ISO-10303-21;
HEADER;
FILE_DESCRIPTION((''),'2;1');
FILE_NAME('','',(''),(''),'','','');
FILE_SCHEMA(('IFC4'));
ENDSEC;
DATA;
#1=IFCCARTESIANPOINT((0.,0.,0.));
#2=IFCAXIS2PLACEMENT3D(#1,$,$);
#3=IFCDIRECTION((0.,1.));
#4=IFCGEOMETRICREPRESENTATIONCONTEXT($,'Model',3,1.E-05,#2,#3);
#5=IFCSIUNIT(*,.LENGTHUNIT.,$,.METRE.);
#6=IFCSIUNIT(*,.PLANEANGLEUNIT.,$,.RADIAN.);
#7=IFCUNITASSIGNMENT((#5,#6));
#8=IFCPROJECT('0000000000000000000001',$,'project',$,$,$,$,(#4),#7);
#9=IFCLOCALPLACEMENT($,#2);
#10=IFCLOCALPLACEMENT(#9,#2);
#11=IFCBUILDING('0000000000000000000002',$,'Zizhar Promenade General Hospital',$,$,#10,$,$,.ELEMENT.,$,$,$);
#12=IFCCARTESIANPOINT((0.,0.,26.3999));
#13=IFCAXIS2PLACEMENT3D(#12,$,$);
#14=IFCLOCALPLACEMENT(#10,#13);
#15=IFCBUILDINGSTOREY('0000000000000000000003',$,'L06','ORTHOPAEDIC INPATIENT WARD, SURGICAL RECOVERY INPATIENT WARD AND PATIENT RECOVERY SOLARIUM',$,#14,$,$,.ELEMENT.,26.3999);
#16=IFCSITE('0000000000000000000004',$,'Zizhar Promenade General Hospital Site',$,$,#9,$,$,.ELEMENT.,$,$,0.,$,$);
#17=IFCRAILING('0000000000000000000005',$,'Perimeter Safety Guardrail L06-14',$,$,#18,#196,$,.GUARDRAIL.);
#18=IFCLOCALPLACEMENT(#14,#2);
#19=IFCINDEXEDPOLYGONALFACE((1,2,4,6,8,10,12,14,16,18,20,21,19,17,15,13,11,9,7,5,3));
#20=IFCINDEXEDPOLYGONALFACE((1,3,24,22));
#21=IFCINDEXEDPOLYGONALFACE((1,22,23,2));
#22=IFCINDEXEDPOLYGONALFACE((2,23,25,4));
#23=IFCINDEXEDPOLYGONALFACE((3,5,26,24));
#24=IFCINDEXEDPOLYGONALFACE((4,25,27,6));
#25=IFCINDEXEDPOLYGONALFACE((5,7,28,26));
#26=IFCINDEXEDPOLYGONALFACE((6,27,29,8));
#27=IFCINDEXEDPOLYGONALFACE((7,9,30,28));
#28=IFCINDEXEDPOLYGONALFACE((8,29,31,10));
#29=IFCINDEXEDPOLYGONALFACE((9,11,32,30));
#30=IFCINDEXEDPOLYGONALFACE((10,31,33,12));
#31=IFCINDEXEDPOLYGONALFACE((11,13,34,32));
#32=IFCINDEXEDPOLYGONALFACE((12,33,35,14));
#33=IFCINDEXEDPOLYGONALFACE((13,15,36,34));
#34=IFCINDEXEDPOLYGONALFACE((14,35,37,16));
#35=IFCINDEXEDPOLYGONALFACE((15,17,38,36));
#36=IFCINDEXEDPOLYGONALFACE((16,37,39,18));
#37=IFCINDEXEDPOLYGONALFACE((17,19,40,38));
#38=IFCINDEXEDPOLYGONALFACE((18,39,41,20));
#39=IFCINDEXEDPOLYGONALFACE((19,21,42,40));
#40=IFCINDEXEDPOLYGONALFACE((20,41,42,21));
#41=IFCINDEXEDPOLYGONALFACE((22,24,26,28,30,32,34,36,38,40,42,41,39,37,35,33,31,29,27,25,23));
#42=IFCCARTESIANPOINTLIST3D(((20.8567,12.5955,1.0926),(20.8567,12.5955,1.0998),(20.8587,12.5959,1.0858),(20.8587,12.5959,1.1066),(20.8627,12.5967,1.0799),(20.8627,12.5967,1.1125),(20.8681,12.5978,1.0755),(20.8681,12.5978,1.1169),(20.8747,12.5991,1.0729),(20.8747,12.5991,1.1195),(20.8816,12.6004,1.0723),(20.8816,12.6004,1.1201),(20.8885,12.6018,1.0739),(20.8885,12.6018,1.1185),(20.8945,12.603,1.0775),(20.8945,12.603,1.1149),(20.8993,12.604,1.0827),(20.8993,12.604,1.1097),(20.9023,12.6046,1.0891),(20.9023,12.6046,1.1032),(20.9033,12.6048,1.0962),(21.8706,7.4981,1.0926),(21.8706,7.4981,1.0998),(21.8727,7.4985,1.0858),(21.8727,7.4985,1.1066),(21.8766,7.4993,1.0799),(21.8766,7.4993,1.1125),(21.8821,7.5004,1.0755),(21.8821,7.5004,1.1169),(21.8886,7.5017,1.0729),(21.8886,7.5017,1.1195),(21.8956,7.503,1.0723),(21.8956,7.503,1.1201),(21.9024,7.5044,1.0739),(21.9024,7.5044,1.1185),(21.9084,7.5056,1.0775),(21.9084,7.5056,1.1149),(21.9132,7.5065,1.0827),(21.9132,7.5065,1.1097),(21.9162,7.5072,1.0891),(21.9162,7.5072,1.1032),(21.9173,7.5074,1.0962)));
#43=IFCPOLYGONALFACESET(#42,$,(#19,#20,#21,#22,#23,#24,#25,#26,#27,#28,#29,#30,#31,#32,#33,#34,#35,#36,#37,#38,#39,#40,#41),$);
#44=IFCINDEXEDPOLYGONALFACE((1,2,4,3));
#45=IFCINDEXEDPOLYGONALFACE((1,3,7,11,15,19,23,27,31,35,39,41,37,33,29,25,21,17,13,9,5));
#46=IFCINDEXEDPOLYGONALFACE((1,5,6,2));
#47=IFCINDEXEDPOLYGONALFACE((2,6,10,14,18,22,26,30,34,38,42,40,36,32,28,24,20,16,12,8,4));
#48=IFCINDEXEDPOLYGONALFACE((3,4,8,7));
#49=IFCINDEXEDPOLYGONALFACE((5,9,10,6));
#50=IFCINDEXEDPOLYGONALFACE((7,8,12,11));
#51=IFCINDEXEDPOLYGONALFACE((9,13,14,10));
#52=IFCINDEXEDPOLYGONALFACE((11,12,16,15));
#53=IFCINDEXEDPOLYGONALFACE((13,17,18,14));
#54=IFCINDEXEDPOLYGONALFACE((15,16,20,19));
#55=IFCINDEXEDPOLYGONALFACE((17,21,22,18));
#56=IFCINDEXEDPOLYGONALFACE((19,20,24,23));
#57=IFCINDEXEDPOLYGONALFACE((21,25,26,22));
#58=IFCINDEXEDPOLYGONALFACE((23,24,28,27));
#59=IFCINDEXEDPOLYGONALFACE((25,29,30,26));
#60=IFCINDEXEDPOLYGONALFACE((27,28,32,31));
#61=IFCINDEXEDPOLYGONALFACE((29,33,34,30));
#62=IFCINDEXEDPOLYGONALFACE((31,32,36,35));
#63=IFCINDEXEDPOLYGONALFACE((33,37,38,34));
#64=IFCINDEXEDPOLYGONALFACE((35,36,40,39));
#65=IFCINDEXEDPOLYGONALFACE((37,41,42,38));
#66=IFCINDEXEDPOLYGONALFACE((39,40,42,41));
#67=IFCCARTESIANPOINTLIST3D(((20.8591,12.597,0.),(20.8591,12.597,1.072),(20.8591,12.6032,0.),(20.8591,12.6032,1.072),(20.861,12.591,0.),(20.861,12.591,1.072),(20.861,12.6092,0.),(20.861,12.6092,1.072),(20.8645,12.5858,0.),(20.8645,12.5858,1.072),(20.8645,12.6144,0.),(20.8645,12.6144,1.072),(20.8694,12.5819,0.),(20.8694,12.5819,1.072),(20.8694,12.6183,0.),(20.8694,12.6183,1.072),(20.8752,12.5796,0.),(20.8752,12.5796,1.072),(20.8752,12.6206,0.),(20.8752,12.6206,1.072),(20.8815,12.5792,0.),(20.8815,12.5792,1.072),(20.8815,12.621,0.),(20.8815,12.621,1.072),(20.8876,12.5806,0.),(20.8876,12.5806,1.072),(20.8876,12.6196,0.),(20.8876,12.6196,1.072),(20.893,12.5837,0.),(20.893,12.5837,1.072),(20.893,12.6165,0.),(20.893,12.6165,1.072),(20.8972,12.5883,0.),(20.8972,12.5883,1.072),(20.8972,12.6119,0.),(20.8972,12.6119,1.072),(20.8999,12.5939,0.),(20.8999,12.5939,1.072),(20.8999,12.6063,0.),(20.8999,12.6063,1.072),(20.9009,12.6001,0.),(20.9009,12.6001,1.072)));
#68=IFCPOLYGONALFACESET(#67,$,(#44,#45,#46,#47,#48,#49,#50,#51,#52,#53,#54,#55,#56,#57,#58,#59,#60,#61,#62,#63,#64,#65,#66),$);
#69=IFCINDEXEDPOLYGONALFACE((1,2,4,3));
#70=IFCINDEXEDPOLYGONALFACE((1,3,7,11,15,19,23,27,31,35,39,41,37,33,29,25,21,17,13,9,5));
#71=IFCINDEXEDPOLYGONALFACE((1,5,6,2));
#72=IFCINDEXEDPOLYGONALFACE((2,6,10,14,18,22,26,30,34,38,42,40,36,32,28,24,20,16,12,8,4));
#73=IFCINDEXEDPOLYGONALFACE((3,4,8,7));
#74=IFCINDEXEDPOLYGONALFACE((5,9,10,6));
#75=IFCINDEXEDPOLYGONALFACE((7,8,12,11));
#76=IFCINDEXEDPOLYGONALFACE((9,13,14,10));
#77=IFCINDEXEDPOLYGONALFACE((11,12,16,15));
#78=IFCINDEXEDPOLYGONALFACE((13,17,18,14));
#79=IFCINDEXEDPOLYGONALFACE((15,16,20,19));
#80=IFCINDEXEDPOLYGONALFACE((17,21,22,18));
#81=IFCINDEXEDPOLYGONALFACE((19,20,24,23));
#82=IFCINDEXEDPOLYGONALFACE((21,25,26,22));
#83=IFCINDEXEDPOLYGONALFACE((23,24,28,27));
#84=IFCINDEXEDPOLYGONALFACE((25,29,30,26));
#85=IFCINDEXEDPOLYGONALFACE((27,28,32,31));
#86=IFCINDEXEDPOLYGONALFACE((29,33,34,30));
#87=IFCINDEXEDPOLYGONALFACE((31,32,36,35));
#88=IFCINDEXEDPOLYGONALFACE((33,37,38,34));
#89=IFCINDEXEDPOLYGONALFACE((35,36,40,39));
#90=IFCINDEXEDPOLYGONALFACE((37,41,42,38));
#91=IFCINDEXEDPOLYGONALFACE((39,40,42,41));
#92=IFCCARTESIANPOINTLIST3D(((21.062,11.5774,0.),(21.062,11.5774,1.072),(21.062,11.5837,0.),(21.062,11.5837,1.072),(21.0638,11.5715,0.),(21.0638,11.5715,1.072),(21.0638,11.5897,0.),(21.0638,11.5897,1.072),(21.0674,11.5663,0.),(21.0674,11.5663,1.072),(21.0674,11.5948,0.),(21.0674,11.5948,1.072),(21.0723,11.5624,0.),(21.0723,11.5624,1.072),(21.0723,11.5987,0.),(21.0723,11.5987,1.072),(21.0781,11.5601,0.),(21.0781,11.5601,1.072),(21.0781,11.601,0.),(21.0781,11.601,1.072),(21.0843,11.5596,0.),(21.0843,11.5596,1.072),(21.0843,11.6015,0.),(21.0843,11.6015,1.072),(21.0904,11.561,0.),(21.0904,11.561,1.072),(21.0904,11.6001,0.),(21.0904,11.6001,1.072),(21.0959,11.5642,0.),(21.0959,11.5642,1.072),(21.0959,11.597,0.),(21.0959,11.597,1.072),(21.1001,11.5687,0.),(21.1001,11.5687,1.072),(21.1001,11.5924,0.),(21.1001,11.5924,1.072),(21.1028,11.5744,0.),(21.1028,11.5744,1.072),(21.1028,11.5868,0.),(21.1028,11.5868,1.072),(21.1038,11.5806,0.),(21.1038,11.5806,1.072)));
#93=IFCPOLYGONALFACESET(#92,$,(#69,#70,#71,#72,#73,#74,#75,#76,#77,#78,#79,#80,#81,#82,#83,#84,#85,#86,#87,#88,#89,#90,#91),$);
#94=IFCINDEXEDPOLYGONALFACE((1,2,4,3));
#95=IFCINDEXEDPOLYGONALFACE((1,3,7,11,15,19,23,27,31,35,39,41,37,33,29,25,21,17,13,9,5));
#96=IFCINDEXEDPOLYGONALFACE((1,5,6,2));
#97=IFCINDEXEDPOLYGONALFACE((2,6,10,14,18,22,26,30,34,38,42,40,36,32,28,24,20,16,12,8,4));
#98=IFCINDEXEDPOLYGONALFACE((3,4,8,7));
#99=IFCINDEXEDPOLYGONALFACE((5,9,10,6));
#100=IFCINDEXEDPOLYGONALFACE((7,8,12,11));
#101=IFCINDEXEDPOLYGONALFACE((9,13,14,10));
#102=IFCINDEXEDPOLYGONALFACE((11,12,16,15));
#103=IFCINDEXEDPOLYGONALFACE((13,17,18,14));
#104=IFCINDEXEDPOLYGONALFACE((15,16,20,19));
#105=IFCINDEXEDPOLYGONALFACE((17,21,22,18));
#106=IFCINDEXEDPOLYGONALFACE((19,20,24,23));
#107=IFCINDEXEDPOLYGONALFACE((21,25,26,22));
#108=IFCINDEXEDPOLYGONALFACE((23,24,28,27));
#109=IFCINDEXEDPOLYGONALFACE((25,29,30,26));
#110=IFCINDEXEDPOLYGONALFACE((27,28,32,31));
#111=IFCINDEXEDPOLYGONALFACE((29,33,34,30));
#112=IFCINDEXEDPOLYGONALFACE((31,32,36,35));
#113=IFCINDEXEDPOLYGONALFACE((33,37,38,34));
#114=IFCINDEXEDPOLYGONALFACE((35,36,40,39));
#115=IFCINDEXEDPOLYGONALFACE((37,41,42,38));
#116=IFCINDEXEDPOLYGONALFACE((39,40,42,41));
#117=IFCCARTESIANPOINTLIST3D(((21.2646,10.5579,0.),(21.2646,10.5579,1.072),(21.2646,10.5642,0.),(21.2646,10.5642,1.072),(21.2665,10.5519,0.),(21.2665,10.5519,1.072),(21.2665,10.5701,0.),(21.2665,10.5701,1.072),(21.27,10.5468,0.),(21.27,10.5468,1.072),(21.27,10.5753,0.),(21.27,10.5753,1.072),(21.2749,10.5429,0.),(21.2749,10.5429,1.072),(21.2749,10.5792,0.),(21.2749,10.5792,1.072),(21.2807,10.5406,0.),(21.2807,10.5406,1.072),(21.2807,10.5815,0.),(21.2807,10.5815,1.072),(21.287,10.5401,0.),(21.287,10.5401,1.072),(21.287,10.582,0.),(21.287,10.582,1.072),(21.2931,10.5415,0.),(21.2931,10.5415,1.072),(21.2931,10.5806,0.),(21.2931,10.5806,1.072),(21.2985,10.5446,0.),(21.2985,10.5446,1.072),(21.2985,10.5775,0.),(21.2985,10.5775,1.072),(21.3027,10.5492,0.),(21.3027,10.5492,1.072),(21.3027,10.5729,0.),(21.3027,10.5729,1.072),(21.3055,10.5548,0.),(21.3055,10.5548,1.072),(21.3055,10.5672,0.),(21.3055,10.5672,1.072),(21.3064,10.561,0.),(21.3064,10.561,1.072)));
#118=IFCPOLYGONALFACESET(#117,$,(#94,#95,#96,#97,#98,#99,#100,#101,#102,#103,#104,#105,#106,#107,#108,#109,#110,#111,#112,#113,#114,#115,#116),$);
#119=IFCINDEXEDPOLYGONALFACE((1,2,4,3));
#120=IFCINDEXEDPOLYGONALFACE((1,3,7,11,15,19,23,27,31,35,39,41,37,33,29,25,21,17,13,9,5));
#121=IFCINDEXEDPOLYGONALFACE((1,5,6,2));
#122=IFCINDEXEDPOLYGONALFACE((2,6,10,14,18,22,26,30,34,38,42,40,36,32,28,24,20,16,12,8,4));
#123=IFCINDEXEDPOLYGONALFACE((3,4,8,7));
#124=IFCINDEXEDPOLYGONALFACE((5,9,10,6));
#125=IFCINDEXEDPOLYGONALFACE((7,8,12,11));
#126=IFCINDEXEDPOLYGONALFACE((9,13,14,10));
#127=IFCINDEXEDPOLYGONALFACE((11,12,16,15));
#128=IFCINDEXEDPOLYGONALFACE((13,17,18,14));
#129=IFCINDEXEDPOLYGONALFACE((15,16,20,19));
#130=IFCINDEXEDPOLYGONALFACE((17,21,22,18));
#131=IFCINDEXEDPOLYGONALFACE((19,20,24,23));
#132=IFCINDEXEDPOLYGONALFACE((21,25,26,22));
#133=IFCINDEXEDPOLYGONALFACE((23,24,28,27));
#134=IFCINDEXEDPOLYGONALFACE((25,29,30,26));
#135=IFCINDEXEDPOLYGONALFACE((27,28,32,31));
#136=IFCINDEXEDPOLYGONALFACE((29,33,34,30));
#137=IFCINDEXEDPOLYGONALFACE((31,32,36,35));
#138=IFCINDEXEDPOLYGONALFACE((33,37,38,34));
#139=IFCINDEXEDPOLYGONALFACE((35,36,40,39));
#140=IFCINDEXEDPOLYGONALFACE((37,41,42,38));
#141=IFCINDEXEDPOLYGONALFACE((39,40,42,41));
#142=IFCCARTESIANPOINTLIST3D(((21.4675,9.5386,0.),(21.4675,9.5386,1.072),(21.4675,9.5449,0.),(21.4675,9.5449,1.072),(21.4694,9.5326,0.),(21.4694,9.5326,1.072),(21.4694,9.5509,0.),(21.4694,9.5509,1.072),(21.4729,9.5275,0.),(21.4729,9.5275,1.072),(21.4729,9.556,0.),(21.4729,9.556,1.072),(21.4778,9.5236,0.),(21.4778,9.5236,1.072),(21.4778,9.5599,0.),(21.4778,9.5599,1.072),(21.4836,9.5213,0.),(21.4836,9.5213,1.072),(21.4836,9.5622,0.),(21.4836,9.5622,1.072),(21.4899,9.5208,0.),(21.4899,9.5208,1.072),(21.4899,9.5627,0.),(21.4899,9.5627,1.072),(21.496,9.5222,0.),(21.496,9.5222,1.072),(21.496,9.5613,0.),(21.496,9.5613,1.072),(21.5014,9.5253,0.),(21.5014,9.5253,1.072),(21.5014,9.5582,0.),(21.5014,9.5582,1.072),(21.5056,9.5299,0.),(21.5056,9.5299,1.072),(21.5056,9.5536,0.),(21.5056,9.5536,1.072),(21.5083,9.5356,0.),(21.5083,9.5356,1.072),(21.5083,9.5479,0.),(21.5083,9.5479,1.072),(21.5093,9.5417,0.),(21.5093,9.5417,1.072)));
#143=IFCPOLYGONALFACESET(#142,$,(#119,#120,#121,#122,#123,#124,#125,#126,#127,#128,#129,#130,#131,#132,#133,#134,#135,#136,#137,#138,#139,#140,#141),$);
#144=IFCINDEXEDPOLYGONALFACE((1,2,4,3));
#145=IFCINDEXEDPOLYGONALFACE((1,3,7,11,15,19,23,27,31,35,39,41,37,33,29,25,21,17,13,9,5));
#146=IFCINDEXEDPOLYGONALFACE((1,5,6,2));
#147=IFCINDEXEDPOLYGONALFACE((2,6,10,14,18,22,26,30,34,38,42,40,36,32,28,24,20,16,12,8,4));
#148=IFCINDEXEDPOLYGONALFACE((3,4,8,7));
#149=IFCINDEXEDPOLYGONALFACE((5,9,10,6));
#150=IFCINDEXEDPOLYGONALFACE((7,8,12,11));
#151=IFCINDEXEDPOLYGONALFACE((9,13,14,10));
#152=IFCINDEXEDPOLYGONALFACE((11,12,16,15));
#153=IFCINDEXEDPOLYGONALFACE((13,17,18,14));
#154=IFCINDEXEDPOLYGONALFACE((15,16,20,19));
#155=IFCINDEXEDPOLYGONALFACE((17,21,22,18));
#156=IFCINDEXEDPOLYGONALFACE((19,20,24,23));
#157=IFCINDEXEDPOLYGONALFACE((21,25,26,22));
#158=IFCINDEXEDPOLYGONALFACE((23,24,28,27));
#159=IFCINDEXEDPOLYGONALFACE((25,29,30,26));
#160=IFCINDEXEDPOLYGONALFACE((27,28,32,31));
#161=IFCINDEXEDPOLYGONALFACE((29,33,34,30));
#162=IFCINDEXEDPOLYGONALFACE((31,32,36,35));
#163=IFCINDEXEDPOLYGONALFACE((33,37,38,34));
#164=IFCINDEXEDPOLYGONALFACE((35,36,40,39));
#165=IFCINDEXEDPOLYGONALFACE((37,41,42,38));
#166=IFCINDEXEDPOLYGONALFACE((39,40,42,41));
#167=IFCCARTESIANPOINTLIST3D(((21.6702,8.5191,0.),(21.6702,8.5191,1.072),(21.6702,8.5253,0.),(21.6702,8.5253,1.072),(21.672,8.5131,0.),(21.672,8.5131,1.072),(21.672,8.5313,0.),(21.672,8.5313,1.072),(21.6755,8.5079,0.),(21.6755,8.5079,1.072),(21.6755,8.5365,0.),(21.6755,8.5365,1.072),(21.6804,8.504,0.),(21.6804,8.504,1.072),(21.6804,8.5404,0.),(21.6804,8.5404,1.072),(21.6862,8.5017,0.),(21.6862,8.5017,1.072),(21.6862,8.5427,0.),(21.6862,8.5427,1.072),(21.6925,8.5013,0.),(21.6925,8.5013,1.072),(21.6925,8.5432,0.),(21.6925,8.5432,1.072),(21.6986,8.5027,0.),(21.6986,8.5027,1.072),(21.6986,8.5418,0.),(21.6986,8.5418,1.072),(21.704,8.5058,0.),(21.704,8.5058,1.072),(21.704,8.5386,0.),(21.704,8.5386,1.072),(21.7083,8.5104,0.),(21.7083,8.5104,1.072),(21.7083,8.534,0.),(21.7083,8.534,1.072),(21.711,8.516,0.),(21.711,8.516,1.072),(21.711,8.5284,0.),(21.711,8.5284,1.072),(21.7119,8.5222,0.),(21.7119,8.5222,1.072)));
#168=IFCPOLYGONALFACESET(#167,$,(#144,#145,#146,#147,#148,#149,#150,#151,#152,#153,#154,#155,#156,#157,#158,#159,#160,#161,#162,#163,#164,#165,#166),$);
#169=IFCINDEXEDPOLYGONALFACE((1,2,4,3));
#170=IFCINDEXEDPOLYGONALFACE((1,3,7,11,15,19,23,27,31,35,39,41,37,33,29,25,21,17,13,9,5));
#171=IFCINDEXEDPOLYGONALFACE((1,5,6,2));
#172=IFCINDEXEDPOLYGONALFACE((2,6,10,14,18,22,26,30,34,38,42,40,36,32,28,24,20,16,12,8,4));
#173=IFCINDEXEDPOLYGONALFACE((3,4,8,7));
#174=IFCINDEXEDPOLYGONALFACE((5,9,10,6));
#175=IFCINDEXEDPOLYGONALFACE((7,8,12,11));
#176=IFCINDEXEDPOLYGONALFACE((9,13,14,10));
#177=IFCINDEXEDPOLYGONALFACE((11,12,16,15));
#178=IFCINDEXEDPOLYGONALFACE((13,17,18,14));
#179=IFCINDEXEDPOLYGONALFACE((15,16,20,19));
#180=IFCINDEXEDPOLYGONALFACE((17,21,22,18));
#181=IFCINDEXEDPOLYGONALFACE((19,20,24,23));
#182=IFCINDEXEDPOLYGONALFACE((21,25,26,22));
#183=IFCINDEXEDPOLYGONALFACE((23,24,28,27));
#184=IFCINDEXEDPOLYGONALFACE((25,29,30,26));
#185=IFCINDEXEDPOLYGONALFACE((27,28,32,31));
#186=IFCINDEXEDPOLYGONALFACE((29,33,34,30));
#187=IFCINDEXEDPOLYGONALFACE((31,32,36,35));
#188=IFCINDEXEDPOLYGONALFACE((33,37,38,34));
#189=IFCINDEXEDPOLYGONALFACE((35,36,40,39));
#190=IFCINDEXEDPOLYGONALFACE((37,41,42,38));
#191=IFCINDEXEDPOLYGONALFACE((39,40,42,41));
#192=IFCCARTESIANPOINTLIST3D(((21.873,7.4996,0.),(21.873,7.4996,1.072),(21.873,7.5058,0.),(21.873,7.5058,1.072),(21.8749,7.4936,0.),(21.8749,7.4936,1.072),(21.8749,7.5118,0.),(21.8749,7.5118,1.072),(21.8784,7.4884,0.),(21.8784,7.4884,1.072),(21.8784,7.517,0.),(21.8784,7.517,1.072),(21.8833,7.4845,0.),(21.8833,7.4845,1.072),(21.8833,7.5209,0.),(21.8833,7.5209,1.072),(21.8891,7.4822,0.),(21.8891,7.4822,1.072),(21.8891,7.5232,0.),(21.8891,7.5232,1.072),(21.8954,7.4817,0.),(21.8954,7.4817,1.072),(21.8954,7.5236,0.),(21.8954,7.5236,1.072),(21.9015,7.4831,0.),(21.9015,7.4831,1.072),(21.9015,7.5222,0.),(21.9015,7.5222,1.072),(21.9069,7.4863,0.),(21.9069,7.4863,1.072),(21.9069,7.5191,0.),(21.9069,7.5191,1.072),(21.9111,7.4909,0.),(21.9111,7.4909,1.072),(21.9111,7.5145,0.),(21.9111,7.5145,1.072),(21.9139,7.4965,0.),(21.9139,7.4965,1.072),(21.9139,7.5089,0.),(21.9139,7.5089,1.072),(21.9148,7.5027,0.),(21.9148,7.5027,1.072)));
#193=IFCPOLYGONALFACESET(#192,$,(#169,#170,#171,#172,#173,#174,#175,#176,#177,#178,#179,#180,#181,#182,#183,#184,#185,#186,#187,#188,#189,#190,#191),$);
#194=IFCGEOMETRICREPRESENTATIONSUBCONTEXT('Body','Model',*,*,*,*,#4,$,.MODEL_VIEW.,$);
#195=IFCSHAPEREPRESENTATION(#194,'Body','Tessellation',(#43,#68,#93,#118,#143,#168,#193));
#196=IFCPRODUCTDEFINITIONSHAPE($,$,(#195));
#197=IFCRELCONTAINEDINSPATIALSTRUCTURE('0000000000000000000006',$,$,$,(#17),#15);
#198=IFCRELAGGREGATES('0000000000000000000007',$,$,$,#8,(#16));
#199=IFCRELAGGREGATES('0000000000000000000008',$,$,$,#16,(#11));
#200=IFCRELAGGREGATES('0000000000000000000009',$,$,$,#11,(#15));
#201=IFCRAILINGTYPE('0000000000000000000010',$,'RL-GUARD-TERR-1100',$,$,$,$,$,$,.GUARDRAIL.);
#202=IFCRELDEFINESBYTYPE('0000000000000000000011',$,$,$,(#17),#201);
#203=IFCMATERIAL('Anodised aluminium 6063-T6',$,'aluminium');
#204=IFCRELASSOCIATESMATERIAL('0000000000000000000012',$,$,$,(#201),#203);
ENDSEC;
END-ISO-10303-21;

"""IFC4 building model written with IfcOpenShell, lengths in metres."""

from ifc_helpers import new_model, si_unit, direction, frame, origin, origin_2d, place, context, subcontext, project, spatial, circle, hollow_circle, extrude, material, material_profile, profile_set, type_object, element, save


model = new_model("IFC4")

# Units and contexts
model_context = context("Model", 3, precision=1e-05, world=origin(), true_north=direction((0.0, 1.0)))
body_context = subcontext(model_context, "Body", "Model", "MODEL_VIEW")
ifc_project = project(units=[si_unit("LENGTHUNIT", "METRE"), si_unit("PLANEANGLEUNIT", "RADIAN")], contexts=[model_context])

# Site, building, storey
site_placement = place(None, origin())
site = spatial("IfcSite", under=ifc_project, at=site_placement, Name="Zizhar Promenade General Hospital Site", CompositionType="ELEMENT", RefElevation=0.0)
building_placement = place(site_placement, origin())
building = spatial("IfcBuilding", under=site, at=building_placement, Name="Zizhar Promenade General Hospital", CompositionType="ELEMENT")
storey_placement = place(building_placement, frame((0.0, 0.0, 26.3999)))
storey = spatial("IfcBuildingStorey", under=building, at=storey_placement, Name="L06", Description="ORTHOPAEDIC INPATIENT WARD, SURGICAL RECOVERY INPATIENT WARD AND PATIENT RECOVERY SOLARIUM", CompositionType="ELEMENT", Elevation=26.3999)

# Railing
ifc_material_1 = material(Name="Anodised aluminium 6063-T6", Category="aluminium")
ifc_material_profile_1 = material_profile(ifc_material_1, hollow_circle(Radius=0.0698, WallThickness=0.0063, at=origin_2d()))
ifc_profile_set_1 = profile_set([ifc_material_profile_1], Name="Anodised aluminium 6063-T6")
railing_type = type_object("IfcRailingType", Name="RL-GUARD-TERR-1100", PredefinedType="GUARDRAIL", material=ifc_profile_set_1)
railing_1_placement = place(storey_placement, frame((20.8799, 12.6001, 0.0)))
element("IfcRailing", 1, at=railing_1_placement, inside=storey, type_object=railing_type, Name="Perimeter Safety Guardrail L06-14", PredefinedType="GUARDRAIL", context=body_context, shape_type="SweptSolid", body=[
    extrude(circle(Radius=0.0239, at=origin_2d()), frame((0.0, 0.0, 1.0962), z_axis=(0.195086, -0.980786, 0.0), x_axis=(0.980786, 0.195086, 0.0)), (0.0, 0.0, 1.0), 5.1973),
    extrude(circle(Radius=0.021, at=origin_2d()), origin(), (0.0, 0.0, 1.0), 1.072),
    extrude(circle(Radius=0.021, at=origin_2d()), frame((0.2029, -1.0195, 0.0)), (0.0, 0.0, 1.0), 1.072),
    extrude(circle(Radius=0.021, at=origin_2d()), frame((0.4055, -2.0391, 0.0)), (0.0, 0.0, 1.0), 1.072),
    extrude(circle(Radius=0.021, at=origin_2d()), frame((0.6084, -3.0583, 0.0)), (0.0, 0.0, 1.0), 1.072),
    extrude(circle(Radius=0.021, at=origin_2d()), frame((0.811, -4.0779, 0.0)), (0.0, 0.0, 1.0), 1.072),
    extrude(circle(Radius=0.021, at=origin_2d()), frame((1.0139, -5.0974, 0.0)), (0.0, 0.0, 1.0), 1.072),
])

save(model, "model.ifc")
